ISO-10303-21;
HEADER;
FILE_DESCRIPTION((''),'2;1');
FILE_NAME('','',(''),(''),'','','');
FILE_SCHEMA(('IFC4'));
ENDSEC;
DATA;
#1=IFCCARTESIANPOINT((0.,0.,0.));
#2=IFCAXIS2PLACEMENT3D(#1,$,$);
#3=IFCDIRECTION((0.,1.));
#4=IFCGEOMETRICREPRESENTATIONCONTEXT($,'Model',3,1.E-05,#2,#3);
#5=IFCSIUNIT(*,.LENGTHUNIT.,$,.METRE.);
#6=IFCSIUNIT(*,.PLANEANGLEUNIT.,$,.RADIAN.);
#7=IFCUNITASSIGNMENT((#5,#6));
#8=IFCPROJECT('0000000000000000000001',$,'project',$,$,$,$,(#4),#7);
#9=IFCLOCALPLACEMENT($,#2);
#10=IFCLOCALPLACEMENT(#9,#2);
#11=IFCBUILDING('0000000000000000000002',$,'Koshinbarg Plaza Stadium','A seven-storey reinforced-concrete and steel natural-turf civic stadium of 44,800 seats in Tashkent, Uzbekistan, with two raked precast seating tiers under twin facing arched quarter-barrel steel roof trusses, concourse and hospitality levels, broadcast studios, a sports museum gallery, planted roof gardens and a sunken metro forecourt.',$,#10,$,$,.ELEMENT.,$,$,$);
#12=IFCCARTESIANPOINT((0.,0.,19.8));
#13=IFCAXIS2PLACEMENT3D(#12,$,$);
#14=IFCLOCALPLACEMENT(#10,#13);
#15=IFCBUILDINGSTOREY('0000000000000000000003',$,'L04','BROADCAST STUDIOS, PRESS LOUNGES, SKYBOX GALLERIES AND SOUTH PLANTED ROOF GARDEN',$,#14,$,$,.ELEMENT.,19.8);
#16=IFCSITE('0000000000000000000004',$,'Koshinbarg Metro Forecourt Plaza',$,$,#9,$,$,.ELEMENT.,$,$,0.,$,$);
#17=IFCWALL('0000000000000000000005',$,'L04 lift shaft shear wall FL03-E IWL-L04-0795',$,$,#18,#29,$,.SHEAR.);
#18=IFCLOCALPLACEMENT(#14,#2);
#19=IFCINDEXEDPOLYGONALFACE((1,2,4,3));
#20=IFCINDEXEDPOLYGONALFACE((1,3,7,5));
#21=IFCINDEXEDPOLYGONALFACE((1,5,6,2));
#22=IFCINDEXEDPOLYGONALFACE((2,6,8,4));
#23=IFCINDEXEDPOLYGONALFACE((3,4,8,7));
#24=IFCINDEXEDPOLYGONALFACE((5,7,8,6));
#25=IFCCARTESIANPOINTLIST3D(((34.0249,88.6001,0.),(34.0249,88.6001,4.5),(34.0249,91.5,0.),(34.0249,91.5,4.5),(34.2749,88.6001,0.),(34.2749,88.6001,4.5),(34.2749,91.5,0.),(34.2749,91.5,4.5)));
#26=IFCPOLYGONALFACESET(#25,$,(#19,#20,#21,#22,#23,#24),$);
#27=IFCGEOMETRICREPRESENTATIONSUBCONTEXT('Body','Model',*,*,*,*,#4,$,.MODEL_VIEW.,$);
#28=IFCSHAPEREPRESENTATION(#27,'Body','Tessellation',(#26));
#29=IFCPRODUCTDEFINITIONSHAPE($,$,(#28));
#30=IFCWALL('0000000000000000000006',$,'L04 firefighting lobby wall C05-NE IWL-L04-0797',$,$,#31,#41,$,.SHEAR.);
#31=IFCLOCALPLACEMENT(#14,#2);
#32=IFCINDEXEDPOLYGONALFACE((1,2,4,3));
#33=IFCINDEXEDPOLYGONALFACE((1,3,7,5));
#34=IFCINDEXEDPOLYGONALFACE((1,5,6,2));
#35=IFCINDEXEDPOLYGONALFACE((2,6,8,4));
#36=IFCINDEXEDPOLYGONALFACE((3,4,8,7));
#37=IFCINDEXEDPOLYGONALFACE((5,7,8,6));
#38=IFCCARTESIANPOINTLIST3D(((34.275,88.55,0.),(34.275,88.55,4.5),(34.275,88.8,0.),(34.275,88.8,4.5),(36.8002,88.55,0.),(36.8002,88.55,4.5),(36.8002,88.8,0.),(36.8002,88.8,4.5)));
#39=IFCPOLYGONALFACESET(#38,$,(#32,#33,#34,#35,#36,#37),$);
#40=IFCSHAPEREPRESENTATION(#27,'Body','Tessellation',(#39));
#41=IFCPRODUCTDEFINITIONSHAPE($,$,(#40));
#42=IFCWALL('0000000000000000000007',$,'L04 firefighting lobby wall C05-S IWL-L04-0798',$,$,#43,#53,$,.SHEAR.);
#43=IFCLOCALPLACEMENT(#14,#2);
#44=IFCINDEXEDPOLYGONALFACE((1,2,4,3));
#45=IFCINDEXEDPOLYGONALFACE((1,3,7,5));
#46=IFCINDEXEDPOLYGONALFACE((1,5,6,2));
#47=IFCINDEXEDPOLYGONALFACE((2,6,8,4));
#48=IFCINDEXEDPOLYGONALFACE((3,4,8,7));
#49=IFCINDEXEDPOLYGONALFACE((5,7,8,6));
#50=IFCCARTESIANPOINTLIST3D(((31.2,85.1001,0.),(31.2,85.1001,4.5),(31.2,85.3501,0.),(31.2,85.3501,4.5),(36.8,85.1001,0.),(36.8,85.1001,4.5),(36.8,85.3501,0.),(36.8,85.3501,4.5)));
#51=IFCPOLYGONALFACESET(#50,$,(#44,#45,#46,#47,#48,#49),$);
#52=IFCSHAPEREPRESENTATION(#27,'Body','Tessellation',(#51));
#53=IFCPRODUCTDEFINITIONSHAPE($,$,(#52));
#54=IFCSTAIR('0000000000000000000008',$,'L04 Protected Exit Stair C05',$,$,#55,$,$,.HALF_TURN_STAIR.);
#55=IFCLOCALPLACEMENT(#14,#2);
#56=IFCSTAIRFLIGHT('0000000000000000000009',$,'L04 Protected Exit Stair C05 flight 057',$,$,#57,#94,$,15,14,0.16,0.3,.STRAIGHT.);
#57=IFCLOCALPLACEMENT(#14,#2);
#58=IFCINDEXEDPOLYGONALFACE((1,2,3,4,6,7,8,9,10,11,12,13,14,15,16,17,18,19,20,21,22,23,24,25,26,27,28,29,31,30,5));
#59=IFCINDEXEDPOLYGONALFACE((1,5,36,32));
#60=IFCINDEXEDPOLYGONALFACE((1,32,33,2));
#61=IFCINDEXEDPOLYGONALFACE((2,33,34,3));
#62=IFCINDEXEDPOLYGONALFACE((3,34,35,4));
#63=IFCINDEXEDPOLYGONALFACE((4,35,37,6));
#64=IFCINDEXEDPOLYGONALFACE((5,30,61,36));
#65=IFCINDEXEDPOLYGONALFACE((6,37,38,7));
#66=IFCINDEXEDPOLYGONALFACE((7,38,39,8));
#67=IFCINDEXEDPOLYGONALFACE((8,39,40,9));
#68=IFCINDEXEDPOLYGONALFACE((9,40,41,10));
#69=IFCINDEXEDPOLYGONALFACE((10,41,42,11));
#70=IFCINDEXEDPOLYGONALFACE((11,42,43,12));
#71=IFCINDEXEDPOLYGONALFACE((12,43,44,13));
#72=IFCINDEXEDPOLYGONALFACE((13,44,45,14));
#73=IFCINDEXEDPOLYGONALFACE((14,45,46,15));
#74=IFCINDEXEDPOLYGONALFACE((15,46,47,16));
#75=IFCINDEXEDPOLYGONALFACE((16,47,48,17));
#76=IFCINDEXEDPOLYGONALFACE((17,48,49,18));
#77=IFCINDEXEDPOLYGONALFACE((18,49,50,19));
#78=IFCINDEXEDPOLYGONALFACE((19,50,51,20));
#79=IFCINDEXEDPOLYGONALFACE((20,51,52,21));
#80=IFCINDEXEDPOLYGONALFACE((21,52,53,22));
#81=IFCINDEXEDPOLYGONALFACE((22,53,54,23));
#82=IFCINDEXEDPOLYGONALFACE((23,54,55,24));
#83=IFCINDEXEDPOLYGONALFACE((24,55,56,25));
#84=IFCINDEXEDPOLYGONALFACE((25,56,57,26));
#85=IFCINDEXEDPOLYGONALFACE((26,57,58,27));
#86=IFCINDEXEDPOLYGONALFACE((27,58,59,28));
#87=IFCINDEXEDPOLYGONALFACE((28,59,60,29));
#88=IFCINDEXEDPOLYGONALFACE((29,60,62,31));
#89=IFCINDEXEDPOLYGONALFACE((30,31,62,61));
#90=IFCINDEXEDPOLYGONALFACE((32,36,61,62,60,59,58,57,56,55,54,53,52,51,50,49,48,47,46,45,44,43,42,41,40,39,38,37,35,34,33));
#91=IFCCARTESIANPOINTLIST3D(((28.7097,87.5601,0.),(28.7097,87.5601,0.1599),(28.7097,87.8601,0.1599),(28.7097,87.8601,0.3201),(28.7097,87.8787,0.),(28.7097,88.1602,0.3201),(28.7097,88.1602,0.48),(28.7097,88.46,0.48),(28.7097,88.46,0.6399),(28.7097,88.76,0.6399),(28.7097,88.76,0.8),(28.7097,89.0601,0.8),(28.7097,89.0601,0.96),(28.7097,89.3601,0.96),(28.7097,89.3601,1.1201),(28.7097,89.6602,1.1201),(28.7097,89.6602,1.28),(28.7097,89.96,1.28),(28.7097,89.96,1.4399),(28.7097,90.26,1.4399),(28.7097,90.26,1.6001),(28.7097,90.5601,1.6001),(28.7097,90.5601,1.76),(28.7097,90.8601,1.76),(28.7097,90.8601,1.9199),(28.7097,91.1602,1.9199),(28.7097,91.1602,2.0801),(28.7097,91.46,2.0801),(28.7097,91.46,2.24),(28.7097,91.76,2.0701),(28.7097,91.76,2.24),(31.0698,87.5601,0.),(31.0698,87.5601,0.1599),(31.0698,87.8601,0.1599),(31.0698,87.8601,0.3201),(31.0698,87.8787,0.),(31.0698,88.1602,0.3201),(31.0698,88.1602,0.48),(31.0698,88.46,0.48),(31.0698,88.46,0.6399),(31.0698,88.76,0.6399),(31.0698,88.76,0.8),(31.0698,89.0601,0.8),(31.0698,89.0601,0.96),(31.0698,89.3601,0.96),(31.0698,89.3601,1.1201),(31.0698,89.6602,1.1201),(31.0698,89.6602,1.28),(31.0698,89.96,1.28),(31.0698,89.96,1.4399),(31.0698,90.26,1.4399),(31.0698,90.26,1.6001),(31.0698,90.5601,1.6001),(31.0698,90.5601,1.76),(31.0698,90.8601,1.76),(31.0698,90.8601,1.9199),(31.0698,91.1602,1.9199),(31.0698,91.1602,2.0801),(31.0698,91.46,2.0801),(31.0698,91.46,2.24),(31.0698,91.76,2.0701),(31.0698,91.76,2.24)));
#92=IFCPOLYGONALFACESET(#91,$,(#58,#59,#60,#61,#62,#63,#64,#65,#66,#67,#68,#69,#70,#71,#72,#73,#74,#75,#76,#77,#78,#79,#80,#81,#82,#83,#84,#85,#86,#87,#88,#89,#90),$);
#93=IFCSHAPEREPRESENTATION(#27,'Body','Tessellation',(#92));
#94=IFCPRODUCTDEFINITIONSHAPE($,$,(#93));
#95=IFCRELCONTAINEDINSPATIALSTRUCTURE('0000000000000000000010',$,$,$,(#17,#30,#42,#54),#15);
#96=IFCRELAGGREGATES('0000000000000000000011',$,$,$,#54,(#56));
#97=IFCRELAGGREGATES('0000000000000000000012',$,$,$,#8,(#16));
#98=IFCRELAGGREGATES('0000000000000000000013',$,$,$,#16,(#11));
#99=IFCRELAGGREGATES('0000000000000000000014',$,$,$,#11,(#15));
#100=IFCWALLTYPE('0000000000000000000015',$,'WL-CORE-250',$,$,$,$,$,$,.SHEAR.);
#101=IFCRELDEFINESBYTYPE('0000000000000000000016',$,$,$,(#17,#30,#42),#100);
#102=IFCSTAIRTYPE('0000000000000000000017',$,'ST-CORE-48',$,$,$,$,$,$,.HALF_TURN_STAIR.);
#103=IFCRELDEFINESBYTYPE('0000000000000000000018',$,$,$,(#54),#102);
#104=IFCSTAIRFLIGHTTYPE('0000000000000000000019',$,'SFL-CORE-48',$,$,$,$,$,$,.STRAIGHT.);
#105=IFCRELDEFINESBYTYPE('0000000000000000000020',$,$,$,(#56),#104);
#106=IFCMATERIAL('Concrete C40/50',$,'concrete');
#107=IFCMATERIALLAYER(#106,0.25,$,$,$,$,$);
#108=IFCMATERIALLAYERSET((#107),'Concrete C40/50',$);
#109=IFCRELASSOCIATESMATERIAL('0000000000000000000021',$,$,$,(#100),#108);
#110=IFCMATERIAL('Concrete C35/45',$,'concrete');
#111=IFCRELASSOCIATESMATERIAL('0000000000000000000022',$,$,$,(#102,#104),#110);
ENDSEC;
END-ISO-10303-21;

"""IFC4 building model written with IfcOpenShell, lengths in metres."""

from ifc_helpers import new_model, si_unit, direction, frame, frame_2d, origin, place, context, subcontext, project, spatial, polyline, rectangle, outline, extrude, material, layer, layer_set, type_object, element, aggregate, save


model = new_model("IFC4")

# Units and contexts
model_context = context("Model", 3, precision=1e-05, world=origin(), true_north=direction((0.0, 1.0)))
body_context = subcontext(model_context, "Body", "Model", "MODEL_VIEW")
ifc_project = project(units=[si_unit("LENGTHUNIT", "METRE"), si_unit("PLANEANGLEUNIT", "RADIAN")], contexts=[model_context])

# Site, building, storey
site_placement = place(None, origin())
site = spatial("IfcSite", under=ifc_project, at=site_placement, Name="Koshinbarg Metro Forecourt Plaza", CompositionType="ELEMENT", RefElevation=0.0)
building_placement = place(site_placement, origin())
building = spatial("IfcBuilding", under=site, at=building_placement, Name="Koshinbarg Plaza Stadium", Description="A seven-storey reinforced-concrete and steel natural-turf civic stadium of 44,800 seats in Tashkent, Uzbekistan, with two raked precast seating tiers under twin facing arched quarter-barrel steel roof trusses, concourse and hospitality levels, broadcast studios, a sports museum gallery, planted roof gardens and a sunken metro forecourt.", CompositionType="ELEMENT")
storey_placement = place(building_placement, frame((0.0, 0.0, 19.8)))
storey = spatial("IfcBuildingStorey", under=building, at=storey_placement, Name="L04", Description="BROADCAST STUDIOS, PRESS LOUNGES, SKYBOX GALLERIES AND SOUTH PLANTED ROOF GARDEN", CompositionType="ELEMENT", Elevation=19.8)

# Shared definitions
ifc_material_1 = material(Name="Concrete C40/50", Category="concrete")

# Shared definitions
ifc_layer_1 = layer(ifc_material_1, 0.25)
ifc_layer_set_1 = layer_set([ifc_layer_1], Name="Concrete C40/50")
wall_type = type_object("IfcWallType", Name="WL-CORE-250", PredefinedType="SHEAR", material=ifc_layer_set_1)

# Walls
wall_1_placement = place(storey_placement, frame((34.1499, 88.6001, 0.0), z_axis=(0.0, 0.0, 1.0), x_axis=(0.0, 1.0, 0.0)))
element("IfcWall", 1, at=wall_1_placement, inside=storey, type_object=wall_type, Name="L04 lift shaft shear wall FL03-E IWL-L04-0795", PredefinedType="SHEAR", context=body_context, shape_type="SweptSolid", body=[
    extrude(rectangle(XDim=2.8999, YDim=0.25, at=frame_2d((1.45, 0.0))), origin(), (0.0, 0.0, 1.0), 4.5),
])
wall_2_placement = place(storey_placement, frame((34.2749, 88.675, 0.0), z_axis=(0.0, 0.0, 1.0), x_axis=(1.0, 0.0, 0.0)))
element("IfcWall", 2, at=wall_2_placement, inside=storey, type_object=wall_type, Name="L04 firefighting lobby wall C05-NE IWL-L04-0797", PredefinedType="SHEAR", context=body_context, shape_type="SweptSolid", body=[
    extrude(rectangle(XDim=2.5251, YDim=0.25, at=frame_2d((1.2627, 0.0))), origin(), (0.0, 0.0, 1.0), 4.5),
])
wall_3_placement = place(storey_placement, frame((31.2, 85.2251, 0.0), z_axis=(0.0, 0.0, 1.0), x_axis=(1.0, 0.0, 0.0)))
element("IfcWall", 3, at=wall_3_placement, inside=storey, type_object=wall_type, Name="L04 firefighting lobby wall C05-S IWL-L04-0798", PredefinedType="SHEAR", context=body_context, shape_type="SweptSolid", body=[
    extrude(rectangle(XDim=5.6001, YDim=0.25, at=frame_2d((2.8, 0.0))), origin(), (0.0, 0.0, 1.0), 4.5),
])

# Stair, stair flight
ifc_material_2 = material(Name="Concrete C35/45", Category="concrete")
stair_type = type_object("IfcStairType", Name="ST-CORE-48", PredefinedType="HALF_TURN_STAIR", material=ifc_material_2)
stair_placement = place(storey_placement, origin())
stair = element("IfcStair", 4, at=stair_placement, inside=storey, type_object=stair_type, Name="L04 Protected Exit Stair C05", PredefinedType="HALF_TURN_STAIR")
stair_flight_type = type_object("IfcStairFlightType", Name="SFL-CORE-48", PredefinedType="STRAIGHT", material=ifc_material_2)
stair_flight_placement = place(storey_placement, frame((29.8899, 87.5601, 0.0), z_axis=(0.0, 0.0, 1.0), x_axis=(0.0, 1.0, 0.0)))
stair_flight = element("IfcStairFlight", 5, at=stair_flight_placement, type_object=stair_flight_type, Name="L04 Protected Exit Stair C05 flight 057", NumberOfRisers=15, NumberOfTreads=14, PredefinedType="STRAIGHT", RiserHeight=0.16, TreadLength=0.3, context=body_context, shape_type="SweptSolid", body=[
    extrude(outline(polyline([(0.0, 0.0), (0.0, 0.1599), (0.3, 0.1599), (0.3, 0.3201), (0.6001, 0.3201), (0.6001, 0.48), (0.8999, 0.48), (0.8999, 0.6399), (1.2, 0.6399), (1.2, 0.8), (1.5, 0.8), (1.5, 0.96), (1.8, 0.96), (1.8, 1.1201), (2.1001, 1.1201), (2.1001, 1.28), (2.3999, 1.28), (2.3999, 1.4399), (2.7, 1.4399), (2.7, 1.6001), (3.0, 1.6001), (3.0, 1.76), (3.3, 1.76), (3.3, 1.9199), (3.6001, 1.9199), (3.6001, 2.0801), (3.8999, 2.0801), (3.8999, 2.24), (4.2, 2.24), (4.2, 2.3999), (4.2, 2.0701), (0.3186, 0.0), (0.0, 0.0)])), frame((0.0, 1.1802, 0.0), z_axis=(0.0, -1.0, 0.0), x_axis=(1.0, 0.0, 0.0)), (0.0, 0.0, 1.0), 2.3601),
])
aggregate(stair, [stair_flight])

save(model, "model.ifc")
